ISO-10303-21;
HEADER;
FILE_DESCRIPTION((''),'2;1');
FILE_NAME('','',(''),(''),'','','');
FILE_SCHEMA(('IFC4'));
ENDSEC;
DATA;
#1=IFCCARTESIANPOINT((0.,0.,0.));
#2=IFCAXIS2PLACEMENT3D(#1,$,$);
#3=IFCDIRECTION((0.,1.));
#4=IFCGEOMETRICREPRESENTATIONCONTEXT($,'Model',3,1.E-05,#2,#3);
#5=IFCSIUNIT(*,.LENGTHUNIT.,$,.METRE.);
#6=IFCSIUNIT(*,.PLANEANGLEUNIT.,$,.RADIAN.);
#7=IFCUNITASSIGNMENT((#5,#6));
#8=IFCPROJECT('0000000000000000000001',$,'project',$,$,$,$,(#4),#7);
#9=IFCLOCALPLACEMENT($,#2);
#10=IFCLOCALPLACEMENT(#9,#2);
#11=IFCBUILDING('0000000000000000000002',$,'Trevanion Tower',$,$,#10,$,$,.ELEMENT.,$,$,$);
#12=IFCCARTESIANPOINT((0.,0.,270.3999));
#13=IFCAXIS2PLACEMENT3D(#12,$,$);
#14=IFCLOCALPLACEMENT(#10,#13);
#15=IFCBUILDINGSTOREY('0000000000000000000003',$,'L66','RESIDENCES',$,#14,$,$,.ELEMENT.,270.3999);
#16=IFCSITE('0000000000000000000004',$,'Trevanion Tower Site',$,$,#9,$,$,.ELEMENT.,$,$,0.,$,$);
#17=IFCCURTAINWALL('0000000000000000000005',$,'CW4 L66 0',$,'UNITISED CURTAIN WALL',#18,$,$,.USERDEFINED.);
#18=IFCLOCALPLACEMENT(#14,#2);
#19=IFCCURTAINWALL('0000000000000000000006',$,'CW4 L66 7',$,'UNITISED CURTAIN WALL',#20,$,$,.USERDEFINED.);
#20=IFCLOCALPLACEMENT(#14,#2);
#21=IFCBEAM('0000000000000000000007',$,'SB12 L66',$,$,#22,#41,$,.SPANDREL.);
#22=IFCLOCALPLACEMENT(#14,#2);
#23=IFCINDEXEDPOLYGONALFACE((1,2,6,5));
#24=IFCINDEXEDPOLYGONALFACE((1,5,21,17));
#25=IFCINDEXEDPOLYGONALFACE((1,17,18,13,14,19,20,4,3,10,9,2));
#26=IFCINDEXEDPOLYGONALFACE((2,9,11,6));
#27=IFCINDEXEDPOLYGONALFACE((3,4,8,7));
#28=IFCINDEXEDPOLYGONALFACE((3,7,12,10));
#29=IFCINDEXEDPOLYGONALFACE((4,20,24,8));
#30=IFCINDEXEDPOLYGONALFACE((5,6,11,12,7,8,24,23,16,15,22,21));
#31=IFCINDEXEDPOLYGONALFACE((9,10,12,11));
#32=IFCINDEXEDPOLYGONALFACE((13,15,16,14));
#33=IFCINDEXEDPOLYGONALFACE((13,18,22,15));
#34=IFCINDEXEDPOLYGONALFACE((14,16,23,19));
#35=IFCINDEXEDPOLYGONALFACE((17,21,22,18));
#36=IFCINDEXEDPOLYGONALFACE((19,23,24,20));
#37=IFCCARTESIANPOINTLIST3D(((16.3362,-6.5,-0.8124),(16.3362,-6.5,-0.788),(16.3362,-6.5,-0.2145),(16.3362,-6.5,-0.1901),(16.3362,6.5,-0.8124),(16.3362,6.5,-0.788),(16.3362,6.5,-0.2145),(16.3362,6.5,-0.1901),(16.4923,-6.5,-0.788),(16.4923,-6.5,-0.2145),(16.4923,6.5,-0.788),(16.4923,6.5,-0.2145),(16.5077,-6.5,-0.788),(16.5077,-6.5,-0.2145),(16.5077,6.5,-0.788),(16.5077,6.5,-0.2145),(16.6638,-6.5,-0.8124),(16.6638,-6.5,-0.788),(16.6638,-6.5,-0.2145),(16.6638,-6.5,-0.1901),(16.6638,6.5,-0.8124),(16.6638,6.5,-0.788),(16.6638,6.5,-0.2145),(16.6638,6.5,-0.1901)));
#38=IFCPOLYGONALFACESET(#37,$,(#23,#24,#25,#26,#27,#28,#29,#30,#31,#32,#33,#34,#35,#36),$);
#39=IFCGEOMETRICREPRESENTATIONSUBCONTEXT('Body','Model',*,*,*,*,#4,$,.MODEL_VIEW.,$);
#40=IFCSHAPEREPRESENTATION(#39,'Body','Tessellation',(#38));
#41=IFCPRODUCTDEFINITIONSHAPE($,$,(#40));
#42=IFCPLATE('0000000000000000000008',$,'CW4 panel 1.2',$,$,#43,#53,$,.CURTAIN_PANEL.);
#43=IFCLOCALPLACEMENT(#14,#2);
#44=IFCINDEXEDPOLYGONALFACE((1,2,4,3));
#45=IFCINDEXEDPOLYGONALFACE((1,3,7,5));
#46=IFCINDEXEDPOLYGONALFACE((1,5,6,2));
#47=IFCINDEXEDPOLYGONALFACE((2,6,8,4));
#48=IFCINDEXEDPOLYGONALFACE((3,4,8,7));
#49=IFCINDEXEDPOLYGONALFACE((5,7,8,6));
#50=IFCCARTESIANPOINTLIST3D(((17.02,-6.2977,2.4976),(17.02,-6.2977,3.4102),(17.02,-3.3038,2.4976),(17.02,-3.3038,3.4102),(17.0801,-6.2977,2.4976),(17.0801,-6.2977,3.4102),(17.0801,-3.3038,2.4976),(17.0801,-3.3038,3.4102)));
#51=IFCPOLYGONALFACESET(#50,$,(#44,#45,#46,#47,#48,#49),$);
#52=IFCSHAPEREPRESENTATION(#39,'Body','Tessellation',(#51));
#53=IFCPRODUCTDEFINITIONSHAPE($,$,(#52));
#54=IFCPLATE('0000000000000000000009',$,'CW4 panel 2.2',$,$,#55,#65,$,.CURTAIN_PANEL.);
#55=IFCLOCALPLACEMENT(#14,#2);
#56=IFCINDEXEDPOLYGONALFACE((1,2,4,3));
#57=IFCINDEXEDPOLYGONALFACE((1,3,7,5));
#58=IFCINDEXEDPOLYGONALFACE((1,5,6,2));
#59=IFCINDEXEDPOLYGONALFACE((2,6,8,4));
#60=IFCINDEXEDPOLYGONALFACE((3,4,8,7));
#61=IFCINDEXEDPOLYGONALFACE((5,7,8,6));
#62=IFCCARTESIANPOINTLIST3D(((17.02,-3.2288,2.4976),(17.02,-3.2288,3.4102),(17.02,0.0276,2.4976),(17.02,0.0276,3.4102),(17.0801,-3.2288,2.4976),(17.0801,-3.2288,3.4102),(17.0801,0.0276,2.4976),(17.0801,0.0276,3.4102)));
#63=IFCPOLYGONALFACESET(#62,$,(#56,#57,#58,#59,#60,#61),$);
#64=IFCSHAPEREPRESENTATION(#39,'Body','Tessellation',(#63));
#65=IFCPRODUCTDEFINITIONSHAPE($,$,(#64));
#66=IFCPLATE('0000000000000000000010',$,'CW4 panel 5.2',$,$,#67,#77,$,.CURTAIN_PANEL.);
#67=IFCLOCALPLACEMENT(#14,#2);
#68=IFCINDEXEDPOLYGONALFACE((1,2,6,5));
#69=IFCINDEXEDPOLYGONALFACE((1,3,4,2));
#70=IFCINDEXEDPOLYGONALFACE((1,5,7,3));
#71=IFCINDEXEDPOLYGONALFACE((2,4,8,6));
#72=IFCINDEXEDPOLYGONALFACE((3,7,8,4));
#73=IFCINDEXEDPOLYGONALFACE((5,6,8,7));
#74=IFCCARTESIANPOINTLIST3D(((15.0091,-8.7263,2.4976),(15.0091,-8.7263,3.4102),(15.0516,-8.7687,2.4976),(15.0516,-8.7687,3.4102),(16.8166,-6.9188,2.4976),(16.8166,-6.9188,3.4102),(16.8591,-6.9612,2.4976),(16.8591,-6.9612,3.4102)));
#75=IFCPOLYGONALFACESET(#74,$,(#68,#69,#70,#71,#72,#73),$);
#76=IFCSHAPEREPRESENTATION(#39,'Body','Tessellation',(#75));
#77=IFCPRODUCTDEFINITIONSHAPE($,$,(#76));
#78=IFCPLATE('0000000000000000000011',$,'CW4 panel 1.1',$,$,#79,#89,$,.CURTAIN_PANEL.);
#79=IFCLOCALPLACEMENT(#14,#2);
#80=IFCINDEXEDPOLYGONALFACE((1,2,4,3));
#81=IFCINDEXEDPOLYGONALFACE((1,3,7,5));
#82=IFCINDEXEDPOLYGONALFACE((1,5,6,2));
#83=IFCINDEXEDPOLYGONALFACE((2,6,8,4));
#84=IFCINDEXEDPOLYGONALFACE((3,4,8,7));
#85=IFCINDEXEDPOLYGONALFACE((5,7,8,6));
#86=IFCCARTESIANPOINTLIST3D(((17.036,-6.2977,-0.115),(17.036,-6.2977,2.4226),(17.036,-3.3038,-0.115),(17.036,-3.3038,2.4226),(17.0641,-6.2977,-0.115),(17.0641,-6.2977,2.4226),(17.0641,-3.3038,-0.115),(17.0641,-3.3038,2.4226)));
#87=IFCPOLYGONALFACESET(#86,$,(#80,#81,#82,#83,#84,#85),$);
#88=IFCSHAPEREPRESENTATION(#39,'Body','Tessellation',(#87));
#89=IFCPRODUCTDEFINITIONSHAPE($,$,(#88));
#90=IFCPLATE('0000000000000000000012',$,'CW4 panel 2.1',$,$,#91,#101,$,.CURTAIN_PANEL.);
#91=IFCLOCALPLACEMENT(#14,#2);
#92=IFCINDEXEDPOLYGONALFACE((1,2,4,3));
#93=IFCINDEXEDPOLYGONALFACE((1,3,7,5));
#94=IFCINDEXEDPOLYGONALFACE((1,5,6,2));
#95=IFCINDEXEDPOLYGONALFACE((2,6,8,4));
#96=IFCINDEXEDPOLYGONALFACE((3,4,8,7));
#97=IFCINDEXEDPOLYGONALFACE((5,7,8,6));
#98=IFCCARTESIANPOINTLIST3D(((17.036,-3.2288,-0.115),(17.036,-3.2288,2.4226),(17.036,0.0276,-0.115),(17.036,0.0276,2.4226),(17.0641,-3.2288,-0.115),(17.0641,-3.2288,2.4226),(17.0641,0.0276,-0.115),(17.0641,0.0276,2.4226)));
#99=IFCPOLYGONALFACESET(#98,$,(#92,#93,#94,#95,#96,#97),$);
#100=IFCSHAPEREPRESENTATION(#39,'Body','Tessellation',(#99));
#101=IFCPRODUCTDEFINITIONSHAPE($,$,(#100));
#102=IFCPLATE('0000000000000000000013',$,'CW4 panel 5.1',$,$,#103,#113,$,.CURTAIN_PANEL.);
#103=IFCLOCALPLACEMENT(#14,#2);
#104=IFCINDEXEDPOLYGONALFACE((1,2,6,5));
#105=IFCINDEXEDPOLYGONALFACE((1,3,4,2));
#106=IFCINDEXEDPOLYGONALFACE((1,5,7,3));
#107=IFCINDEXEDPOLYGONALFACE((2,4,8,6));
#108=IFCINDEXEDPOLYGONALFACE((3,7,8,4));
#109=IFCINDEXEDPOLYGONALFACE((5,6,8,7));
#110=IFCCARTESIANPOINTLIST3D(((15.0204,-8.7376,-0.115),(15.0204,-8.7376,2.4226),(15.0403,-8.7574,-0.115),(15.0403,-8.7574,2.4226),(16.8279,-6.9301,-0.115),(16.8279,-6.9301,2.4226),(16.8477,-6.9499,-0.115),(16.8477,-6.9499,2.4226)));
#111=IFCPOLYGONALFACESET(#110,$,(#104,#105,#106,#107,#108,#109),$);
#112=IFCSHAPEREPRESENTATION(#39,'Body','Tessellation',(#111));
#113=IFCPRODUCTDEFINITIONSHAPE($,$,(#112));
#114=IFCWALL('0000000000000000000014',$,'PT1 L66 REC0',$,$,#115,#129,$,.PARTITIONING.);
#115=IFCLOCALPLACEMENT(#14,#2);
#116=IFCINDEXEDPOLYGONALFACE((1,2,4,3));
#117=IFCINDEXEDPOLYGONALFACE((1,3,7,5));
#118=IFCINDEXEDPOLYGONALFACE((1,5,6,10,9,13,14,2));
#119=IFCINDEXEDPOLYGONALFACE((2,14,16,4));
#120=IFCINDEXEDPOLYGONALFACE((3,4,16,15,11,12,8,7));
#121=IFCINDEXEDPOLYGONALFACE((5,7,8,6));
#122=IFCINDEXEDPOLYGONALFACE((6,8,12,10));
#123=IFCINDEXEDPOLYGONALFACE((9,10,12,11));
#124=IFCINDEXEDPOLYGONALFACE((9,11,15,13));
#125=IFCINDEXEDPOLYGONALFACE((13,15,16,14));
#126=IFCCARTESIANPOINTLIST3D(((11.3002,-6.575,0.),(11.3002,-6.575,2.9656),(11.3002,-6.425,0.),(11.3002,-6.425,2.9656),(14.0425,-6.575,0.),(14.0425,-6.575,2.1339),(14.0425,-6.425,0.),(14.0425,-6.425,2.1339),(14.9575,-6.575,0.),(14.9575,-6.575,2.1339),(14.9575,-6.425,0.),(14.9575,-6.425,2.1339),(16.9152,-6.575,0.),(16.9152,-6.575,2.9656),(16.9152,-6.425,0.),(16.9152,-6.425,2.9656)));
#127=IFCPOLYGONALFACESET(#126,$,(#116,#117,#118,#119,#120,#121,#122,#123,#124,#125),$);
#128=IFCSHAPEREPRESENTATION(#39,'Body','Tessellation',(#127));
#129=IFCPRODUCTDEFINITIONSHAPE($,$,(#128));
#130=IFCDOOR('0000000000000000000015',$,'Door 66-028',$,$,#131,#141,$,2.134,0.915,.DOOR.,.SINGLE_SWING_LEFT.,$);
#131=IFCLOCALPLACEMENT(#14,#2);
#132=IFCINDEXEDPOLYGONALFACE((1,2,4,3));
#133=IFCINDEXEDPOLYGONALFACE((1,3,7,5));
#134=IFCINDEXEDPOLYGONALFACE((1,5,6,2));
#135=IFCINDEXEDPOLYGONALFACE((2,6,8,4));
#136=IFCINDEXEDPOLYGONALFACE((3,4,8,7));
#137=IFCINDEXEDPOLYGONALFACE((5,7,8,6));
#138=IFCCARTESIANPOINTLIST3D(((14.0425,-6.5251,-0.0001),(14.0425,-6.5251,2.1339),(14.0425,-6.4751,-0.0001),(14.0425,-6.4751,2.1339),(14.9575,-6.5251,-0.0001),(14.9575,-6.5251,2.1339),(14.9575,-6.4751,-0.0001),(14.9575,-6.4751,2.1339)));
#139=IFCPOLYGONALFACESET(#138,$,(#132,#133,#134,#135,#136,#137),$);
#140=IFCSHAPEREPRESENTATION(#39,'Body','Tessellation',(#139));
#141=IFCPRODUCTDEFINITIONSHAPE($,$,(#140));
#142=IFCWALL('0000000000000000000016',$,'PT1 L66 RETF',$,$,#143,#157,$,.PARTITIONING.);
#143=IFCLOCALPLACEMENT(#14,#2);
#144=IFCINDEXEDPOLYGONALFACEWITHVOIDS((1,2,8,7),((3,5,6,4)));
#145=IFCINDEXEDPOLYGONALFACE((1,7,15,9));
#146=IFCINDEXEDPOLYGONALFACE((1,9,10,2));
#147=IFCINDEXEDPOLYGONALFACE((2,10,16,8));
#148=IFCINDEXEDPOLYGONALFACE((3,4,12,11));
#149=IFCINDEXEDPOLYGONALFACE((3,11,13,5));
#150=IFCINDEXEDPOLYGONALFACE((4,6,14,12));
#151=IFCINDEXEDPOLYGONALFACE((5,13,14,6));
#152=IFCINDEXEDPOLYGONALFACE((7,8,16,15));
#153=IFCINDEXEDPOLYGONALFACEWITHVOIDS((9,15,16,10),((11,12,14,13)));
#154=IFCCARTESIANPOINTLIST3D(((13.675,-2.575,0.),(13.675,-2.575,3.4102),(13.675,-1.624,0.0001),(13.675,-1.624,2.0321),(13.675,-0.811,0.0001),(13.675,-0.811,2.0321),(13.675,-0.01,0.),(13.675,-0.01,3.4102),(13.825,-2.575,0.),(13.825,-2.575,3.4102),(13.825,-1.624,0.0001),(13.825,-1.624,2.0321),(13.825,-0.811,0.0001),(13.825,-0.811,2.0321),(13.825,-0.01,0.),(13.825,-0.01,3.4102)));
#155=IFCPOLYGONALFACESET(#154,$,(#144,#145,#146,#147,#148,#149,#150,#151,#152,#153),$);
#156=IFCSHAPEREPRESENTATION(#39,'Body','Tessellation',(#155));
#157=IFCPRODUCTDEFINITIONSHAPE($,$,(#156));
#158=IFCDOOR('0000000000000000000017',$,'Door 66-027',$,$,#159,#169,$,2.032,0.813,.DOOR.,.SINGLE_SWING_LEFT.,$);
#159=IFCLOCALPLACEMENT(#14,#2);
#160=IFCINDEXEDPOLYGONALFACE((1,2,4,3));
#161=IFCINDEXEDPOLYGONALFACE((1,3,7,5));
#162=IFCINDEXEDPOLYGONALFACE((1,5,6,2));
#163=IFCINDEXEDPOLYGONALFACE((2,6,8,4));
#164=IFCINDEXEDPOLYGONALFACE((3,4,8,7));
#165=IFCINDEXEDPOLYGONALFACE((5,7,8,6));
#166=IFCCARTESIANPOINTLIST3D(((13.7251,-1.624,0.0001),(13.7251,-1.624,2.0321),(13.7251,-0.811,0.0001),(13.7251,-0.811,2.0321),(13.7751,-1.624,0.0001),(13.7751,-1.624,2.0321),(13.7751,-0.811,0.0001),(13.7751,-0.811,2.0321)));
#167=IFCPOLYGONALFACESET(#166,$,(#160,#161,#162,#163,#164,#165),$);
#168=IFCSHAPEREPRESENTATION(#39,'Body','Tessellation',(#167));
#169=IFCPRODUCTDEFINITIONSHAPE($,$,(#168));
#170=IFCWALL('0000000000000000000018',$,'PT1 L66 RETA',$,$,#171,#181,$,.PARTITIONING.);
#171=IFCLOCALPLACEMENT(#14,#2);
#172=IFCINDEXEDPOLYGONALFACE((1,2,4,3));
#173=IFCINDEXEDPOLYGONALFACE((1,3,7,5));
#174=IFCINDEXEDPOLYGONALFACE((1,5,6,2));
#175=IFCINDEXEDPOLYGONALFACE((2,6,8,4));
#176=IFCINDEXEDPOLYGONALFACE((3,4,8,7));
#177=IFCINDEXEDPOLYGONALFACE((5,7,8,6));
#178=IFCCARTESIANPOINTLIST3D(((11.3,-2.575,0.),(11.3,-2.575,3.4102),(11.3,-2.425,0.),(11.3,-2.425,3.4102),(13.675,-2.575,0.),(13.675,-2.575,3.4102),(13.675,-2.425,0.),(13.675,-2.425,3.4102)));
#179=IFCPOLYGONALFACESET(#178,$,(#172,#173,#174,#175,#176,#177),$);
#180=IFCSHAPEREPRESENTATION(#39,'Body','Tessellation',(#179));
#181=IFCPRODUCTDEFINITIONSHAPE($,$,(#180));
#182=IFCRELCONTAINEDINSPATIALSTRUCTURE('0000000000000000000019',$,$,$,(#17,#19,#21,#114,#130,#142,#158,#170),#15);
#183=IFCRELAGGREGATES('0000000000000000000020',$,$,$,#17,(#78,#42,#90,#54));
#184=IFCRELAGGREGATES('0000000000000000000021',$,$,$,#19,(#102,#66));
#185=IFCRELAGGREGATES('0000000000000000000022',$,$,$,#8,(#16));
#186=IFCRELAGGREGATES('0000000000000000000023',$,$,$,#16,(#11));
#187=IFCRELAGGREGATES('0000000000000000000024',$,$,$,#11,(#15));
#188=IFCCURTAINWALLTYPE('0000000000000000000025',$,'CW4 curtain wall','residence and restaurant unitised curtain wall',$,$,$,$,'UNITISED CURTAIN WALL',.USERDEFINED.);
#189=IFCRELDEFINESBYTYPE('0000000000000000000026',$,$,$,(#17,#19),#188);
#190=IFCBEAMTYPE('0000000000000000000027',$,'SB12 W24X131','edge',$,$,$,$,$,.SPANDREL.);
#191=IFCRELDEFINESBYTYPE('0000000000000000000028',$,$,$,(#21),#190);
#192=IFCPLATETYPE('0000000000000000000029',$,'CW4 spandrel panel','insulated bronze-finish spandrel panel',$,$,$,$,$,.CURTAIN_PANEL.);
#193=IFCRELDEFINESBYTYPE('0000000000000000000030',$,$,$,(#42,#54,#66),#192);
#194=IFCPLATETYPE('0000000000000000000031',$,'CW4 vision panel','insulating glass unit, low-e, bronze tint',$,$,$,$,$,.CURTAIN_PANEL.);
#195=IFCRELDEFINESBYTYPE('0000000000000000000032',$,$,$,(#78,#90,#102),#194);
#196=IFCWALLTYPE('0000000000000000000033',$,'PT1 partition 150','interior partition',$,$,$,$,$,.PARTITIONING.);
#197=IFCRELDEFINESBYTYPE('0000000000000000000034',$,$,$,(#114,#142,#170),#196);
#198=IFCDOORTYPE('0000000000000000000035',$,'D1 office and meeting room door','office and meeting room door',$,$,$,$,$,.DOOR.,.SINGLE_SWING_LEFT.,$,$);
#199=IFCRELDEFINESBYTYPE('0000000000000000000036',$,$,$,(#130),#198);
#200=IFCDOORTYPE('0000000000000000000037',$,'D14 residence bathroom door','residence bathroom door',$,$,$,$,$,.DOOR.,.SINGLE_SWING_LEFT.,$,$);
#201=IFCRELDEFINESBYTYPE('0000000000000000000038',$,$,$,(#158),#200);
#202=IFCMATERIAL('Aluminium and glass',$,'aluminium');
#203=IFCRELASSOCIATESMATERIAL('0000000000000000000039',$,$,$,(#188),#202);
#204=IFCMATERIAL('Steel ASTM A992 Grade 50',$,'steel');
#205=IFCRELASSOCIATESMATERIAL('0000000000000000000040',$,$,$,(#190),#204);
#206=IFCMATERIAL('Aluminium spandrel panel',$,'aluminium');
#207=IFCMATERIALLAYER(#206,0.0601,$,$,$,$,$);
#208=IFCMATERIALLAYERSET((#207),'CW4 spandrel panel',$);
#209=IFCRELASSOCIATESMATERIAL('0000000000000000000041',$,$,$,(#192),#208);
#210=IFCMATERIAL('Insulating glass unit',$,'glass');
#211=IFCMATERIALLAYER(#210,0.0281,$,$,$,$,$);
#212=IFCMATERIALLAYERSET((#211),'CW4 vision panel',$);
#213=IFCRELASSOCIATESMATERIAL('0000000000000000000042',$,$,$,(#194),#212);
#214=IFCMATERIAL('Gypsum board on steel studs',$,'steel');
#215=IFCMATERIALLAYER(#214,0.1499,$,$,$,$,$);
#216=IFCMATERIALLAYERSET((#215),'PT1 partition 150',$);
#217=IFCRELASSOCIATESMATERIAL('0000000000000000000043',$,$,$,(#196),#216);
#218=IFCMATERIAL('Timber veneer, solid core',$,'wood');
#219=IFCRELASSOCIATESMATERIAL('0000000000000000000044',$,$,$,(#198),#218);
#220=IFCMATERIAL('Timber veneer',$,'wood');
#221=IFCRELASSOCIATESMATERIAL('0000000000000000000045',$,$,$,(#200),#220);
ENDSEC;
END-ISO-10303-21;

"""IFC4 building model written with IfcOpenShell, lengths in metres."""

from ifc_helpers import new_model, si_unit, direction, frame, frame_2d, origin, origin_2d, place, context, subcontext, project, spatial, rectangle, i_section, extrude, material, layer, layer_set, material_profile, profile_set, type_object, element, fill, aggregate, save


model = new_model("IFC4")

# Units and contexts
model_context = context("Model", 3, precision=1e-05, world=origin(), true_north=direction((0.0, 1.0)))
body_context = subcontext(model_context, "Body", "Model", "MODEL_VIEW")
ifc_project = project(units=[si_unit("LENGTHUNIT", "METRE"), si_unit("PLANEANGLEUNIT", "RADIAN")], contexts=[model_context])

# Site, building, storey
site_placement = place(None, origin())
site = spatial("IfcSite", under=ifc_project, at=site_placement, Name="Trevanion Tower Site", CompositionType="ELEMENT", RefElevation=0.0)
building_placement = place(site_placement, origin())
building = spatial("IfcBuilding", under=site, at=building_placement, Name="Trevanion Tower", CompositionType="ELEMENT")
storey_placement = place(building_placement, frame((0.0, 0.0, 270.3999)))
storey = spatial("IfcBuildingStorey", under=building, at=storey_placement, Name="L66", Description="RESIDENCES", CompositionType="ELEMENT", Elevation=270.3999)

# Curtain wall
ifc_material_1 = material(Name="Aluminium and glass", Category="aluminium")
curtain_wall_type = type_object("IfcCurtainWallType", Name="CW4 curtain wall", Description="residence and restaurant unitised curtain wall", ElementType="UNITISED CURTAIN WALL", PredefinedType="USERDEFINED", material=ifc_material_1)
curtain_wall_1_placement = place(storey_placement, origin())
curtain_wall_1 = element("IfcCurtainWall", 1, at=curtain_wall_1_placement, inside=storey, type_object=curtain_wall_type, Name="CW4 L66 0", ObjectType="UNITISED CURTAIN WALL", PredefinedType="USERDEFINED")

# Curtain wall
curtain_wall_2_placement = place(storey_placement, origin())
curtain_wall_2 = element("IfcCurtainWall", 2, at=curtain_wall_2_placement, inside=storey, type_object=curtain_wall_type, Name="CW4 L66 7", ObjectType="UNITISED CURTAIN WALL", PredefinedType="USERDEFINED")

# Beam
ifc_material_2 = material(Name="Steel ASTM A992 Grade 50", Category="steel")
ifc_material_profile_1 = material_profile(ifc_material_2, i_section(OverallWidth=0.3276, OverallDepth=0.6223, WebThickness=0.0154, FlangeThickness=0.0244, at=origin_2d()), Name="W24X131")
ifc_profile_set_1 = profile_set([ifc_material_profile_1], Name="Steel ASTM A992 Grade 50")
beam_type_1 = type_object("IfcBeamType", Name="SB12 W24X131", Description="edge", PredefinedType="SPANDREL", material=ifc_profile_set_1)
beam_1_placement = place(storey_placement, frame((16.5, -6.5, -0.5012), z_axis=(0.0, 1.0, 0.0), x_axis=(-1.0, 0.0, 0.0)))
element("IfcBeam", 3, at=beam_1_placement, inside=storey, type_object=beam_type_1, Name="SB12 L66", PredefinedType="SPANDREL", context=body_context, shape_type="SweptSolid", body=[
    extrude(i_section(OverallWidth=0.3276, OverallDepth=0.6223, WebThickness=0.0154, FlangeThickness=0.0244, at=origin_2d()), origin(), (0.0, 0.0, 1.0), 13.0),
])

# Plates
ifc_material_3 = material(Name="Aluminium spandrel panel", Category="aluminium")
ifc_layer_1 = layer(ifc_material_3, 0.0601)
ifc_layer_set_1 = layer_set([ifc_layer_1], Name="CW4 spandrel panel")
plate_type_1 = type_object("IfcPlateType", Name="CW4 spandrel panel", Description="insulated bronze-finish spandrel panel", PredefinedType="CURTAIN_PANEL", material=ifc_layer_set_1)
plate_1_placement = place(storey_placement, frame((17.05, -4.8008, 2.4976), z_axis=(0.0, 0.0, 1.0), x_axis=(0.0, 1.0, 0.0)))
plate_1 = element("IfcPlate", 4, at=plate_1_placement, type_object=plate_type_1, Name="CW4 panel 1.2", PredefinedType="CURTAIN_PANEL", context=body_context, shape_type="SweptSolid", body=[
    extrude(rectangle(XDim=2.9939, YDim=0.0601, at=origin_2d()), origin(), (0.0, 0.0, 1.0), 0.9126),
])
plate_2_placement = place(storey_placement, frame((17.05, -1.6006, 2.4976), z_axis=(0.0, 0.0, 1.0), x_axis=(0.0, 1.0, 0.0)))
plate_2 = element("IfcPlate", 5, at=plate_2_placement, type_object=plate_type_1, Name="CW4 panel 2.2", PredefinedType="CURTAIN_PANEL", context=body_context, shape_type="SweptSolid", body=[
    extrude(rectangle(XDim=3.2563, YDim=0.0601, at=origin_2d()), origin(), (0.0, 0.0, 1.0), 0.9126),
])
plate_3_placement = place(storey_placement, frame((15.9341, -7.8438, 2.4976), z_axis=(0.0, 0.0, 1.0), x_axis=(0.707107, 0.707107, 0.0)))
plate_3 = element("IfcPlate", 6, at=plate_3_placement, type_object=plate_type_1, Name="CW4 panel 5.2", PredefinedType="CURTAIN_PANEL", context=body_context, shape_type="SweptSolid", body=[
    extrude(rectangle(XDim=2.5562, YDim=0.0601, at=origin_2d()), origin(), (0.0, 0.0, 1.0), 0.9126),
])
ifc_material_4 = material(Name="Insulating glass unit", Category="glass")
ifc_layer_2 = layer(ifc_material_4, 0.0281)
ifc_layer_set_2 = layer_set([ifc_layer_2], Name="CW4 vision panel")
plate_type_2 = type_object("IfcPlateType", Name="CW4 vision panel", Description="insulating glass unit, low-e, bronze tint", PredefinedType="CURTAIN_PANEL", material=ifc_layer_set_2)
plate_4_placement = place(storey_placement, frame((17.05, -4.8008, -0.115), z_axis=(0.0, 0.0, 1.0), x_axis=(0.0, 1.0, 0.0)))
plate_4 = element("IfcPlate", 7, at=plate_4_placement, type_object=plate_type_2, Name="CW4 panel 1.1", PredefinedType="CURTAIN_PANEL", context=body_context, shape_type="SweptSolid", body=[
    extrude(rectangle(XDim=2.9939, YDim=0.0281, at=origin_2d()), origin(), (0.0, 0.0, 1.0), 2.5376),
])
plate_5_placement = place(storey_placement, frame((17.05, -1.6006, -0.115), z_axis=(0.0, 0.0, 1.0), x_axis=(0.0, 1.0, 0.0)))
plate_5 = element("IfcPlate", 8, at=plate_5_placement, type_object=plate_type_2, Name="CW4 panel 2.1", PredefinedType="CURTAIN_PANEL", context=body_context, shape_type="SweptSolid", body=[
    extrude(rectangle(XDim=3.2563, YDim=0.0281, at=origin_2d()), origin(), (0.0, 0.0, 1.0), 2.5376),
])
aggregate(curtain_wall_1, [plate_4, plate_1, plate_5, plate_2])
plate_6_placement = place(storey_placement, frame((15.9341, -7.8438, -0.115), z_axis=(0.0, 0.0, 1.0), x_axis=(0.707107, 0.707107, 0.0)))
plate_6 = element("IfcPlate", 9, at=plate_6_placement, type_object=plate_type_2, Name="CW4 panel 5.1", PredefinedType="CURTAIN_PANEL", context=body_context, shape_type="SweptSolid", body=[
    extrude(rectangle(XDim=2.5562, YDim=0.0281, at=origin_2d()), origin(), (0.0, 0.0, 1.0), 2.5376),
])
aggregate(curtain_wall_2, [plate_6, plate_3])

# Walls, openings, doors
ifc_material_5 = material(Name="Gypsum board on steel studs", Category="steel")
ifc_layer_3 = layer(ifc_material_5, 0.1499)
ifc_layer_set_3 = layer_set([ifc_layer_3], Name="PT1 partition 150")
wall_type = type_object("IfcWallType", Name="PT1 partition 150", Description="interior partition", PredefinedType="PARTITIONING", material=ifc_layer_set_3)
wall_1_placement = place(storey_placement, frame((11.3, -6.5, 0.0), z_axis=(0.0, 0.0, 1.0), x_axis=(1.0, 0.0, 0.0)))
wall_1 = element("IfcWall", 10, at=wall_1_placement, inside=storey, type_object=wall_type, Name="PT1 L66 REC0", PredefinedType="PARTITIONING", context=body_context, shape_type="SweptSolid", body=[
    extrude(rectangle(XDim=5.615, YDim=0.1499, at=frame_2d((2.8076, 0.0))), origin(), (0.0, 0.0, 1.0), 2.9656),
])
opening_1_placement = place(wall_1_placement, frame((2.7424, 0.0, 0.0)))
opening_1 = element("IfcOpeningElement", 11, at=opening_1_placement, cuts=wall_1, PredefinedType="OPENING", context=body_context, shape_type="SweptSolid", body=[
    extrude(rectangle(XDim=0.915, YDim=2.134, at=frame_2d((0.4575, 1.0669))), frame((0.0, 0.085, 0.0), z_axis=(0.0, -1.0, 0.0), x_axis=(1.0, 0.0, 0.0)), (0.0, 0.0, 1.0), 0.1699),
])
ifc_material_6 = material(Name="Timber veneer, solid core", Category="wood")
door_type_1 = type_object("IfcDoorType", Name="D1 office and meeting room door", Description="office and meeting room door", OperationType="SINGLE_SWING_LEFT", PredefinedType="DOOR", material=ifc_material_6)
door_1_placement = place(opening_1_placement, origin())
door_1 = element("IfcDoor", 12, at=door_1_placement, inside=storey, type_object=door_type_1, Name="Door 66-028", OperationType="SINGLE_SWING_LEFT", OverallHeight=2.134, OverallWidth=0.915, PredefinedType="DOOR", context=body_context, shape_type="SweptSolid", body=[
    extrude(rectangle(XDim=0.915, YDim=2.134, at=frame_2d((0.4575, 1.0669))), frame((0.0, 0.0249, 0.0), z_axis=(0.0, -1.0, 0.0), x_axis=(1.0, 0.0, 0.0)), (0.0, 0.0, 1.0), 0.05),
])
fill(opening_1, door_1)
wall_2_placement = place(storey_placement, frame((13.75, -2.575, 0.0), z_axis=(0.0, 0.0, 1.0), x_axis=(0.0, 1.0, 0.0)))
wall_2 = element("IfcWall", 13, at=wall_2_placement, inside=storey, type_object=wall_type, Name="PT1 L66 RETF", PredefinedType="PARTITIONING", context=body_context, shape_type="SweptSolid", body=[
    extrude(rectangle(XDim=2.5649, YDim=0.1499, at=frame_2d((1.2825, 0.0))), origin(), (0.0, 0.0, 1.0), 3.4102),
])
opening_2_placement = place(wall_2_placement, frame((0.9509, 0.0, 0.0)))
opening_2 = element("IfcOpeningElement", 14, at=opening_2_placement, cuts=wall_2, PredefinedType="OPENING", context=body_context, shape_type="SweptSolid", body=[
    extrude(rectangle(XDim=0.813, YDim=2.032, at=frame_2d((0.4065, 1.0161))), frame((0.0, 0.085, 0.0), z_axis=(0.0, -1.0, 0.0), x_axis=(1.0, 0.0, 0.0)), (0.0, 0.0, 1.0), 0.1699),
])
ifc_material_7 = material(Name="Timber veneer", Category="wood")
door_type_2 = type_object("IfcDoorType", Name="D14 residence bathroom door", Description="residence bathroom door", OperationType="SINGLE_SWING_LEFT", PredefinedType="DOOR", material=ifc_material_7)
door_2_placement = place(opening_2_placement, origin())
door_2 = element("IfcDoor", 15, at=door_2_placement, inside=storey, type_object=door_type_2, Name="Door 66-027", OperationType="SINGLE_SWING_LEFT", OverallHeight=2.032, OverallWidth=0.813, PredefinedType="DOOR", context=body_context, shape_type="SweptSolid", body=[
    extrude(rectangle(XDim=0.813, YDim=2.032, at=frame_2d((0.4065, 1.0161))), frame((0.0, 0.0249, 0.0), z_axis=(0.0, -1.0, 0.0), x_axis=(1.0, 0.0, 0.0)), (0.0, 0.0, 1.0), 0.05),
])
fill(opening_2, door_2)

# Wall
wall_3_placement = place(storey_placement, frame((11.3, -2.5, 0.0), z_axis=(0.0, 0.0, 1.0), x_axis=(1.0, 0.0, 0.0)))
element("IfcWall", 16, at=wall_3_placement, inside=storey, type_object=wall_type, Name="PT1 L66 RETA", PredefinedType="PARTITIONING", context=body_context, shape_type="SweptSolid", body=[
    extrude(rectangle(XDim=2.375, YDim=0.1499, at=frame_2d((1.1875, 0.0))), origin(), (0.0, 0.0, 1.0), 3.4102),
])

save(model, "model.ifc")
